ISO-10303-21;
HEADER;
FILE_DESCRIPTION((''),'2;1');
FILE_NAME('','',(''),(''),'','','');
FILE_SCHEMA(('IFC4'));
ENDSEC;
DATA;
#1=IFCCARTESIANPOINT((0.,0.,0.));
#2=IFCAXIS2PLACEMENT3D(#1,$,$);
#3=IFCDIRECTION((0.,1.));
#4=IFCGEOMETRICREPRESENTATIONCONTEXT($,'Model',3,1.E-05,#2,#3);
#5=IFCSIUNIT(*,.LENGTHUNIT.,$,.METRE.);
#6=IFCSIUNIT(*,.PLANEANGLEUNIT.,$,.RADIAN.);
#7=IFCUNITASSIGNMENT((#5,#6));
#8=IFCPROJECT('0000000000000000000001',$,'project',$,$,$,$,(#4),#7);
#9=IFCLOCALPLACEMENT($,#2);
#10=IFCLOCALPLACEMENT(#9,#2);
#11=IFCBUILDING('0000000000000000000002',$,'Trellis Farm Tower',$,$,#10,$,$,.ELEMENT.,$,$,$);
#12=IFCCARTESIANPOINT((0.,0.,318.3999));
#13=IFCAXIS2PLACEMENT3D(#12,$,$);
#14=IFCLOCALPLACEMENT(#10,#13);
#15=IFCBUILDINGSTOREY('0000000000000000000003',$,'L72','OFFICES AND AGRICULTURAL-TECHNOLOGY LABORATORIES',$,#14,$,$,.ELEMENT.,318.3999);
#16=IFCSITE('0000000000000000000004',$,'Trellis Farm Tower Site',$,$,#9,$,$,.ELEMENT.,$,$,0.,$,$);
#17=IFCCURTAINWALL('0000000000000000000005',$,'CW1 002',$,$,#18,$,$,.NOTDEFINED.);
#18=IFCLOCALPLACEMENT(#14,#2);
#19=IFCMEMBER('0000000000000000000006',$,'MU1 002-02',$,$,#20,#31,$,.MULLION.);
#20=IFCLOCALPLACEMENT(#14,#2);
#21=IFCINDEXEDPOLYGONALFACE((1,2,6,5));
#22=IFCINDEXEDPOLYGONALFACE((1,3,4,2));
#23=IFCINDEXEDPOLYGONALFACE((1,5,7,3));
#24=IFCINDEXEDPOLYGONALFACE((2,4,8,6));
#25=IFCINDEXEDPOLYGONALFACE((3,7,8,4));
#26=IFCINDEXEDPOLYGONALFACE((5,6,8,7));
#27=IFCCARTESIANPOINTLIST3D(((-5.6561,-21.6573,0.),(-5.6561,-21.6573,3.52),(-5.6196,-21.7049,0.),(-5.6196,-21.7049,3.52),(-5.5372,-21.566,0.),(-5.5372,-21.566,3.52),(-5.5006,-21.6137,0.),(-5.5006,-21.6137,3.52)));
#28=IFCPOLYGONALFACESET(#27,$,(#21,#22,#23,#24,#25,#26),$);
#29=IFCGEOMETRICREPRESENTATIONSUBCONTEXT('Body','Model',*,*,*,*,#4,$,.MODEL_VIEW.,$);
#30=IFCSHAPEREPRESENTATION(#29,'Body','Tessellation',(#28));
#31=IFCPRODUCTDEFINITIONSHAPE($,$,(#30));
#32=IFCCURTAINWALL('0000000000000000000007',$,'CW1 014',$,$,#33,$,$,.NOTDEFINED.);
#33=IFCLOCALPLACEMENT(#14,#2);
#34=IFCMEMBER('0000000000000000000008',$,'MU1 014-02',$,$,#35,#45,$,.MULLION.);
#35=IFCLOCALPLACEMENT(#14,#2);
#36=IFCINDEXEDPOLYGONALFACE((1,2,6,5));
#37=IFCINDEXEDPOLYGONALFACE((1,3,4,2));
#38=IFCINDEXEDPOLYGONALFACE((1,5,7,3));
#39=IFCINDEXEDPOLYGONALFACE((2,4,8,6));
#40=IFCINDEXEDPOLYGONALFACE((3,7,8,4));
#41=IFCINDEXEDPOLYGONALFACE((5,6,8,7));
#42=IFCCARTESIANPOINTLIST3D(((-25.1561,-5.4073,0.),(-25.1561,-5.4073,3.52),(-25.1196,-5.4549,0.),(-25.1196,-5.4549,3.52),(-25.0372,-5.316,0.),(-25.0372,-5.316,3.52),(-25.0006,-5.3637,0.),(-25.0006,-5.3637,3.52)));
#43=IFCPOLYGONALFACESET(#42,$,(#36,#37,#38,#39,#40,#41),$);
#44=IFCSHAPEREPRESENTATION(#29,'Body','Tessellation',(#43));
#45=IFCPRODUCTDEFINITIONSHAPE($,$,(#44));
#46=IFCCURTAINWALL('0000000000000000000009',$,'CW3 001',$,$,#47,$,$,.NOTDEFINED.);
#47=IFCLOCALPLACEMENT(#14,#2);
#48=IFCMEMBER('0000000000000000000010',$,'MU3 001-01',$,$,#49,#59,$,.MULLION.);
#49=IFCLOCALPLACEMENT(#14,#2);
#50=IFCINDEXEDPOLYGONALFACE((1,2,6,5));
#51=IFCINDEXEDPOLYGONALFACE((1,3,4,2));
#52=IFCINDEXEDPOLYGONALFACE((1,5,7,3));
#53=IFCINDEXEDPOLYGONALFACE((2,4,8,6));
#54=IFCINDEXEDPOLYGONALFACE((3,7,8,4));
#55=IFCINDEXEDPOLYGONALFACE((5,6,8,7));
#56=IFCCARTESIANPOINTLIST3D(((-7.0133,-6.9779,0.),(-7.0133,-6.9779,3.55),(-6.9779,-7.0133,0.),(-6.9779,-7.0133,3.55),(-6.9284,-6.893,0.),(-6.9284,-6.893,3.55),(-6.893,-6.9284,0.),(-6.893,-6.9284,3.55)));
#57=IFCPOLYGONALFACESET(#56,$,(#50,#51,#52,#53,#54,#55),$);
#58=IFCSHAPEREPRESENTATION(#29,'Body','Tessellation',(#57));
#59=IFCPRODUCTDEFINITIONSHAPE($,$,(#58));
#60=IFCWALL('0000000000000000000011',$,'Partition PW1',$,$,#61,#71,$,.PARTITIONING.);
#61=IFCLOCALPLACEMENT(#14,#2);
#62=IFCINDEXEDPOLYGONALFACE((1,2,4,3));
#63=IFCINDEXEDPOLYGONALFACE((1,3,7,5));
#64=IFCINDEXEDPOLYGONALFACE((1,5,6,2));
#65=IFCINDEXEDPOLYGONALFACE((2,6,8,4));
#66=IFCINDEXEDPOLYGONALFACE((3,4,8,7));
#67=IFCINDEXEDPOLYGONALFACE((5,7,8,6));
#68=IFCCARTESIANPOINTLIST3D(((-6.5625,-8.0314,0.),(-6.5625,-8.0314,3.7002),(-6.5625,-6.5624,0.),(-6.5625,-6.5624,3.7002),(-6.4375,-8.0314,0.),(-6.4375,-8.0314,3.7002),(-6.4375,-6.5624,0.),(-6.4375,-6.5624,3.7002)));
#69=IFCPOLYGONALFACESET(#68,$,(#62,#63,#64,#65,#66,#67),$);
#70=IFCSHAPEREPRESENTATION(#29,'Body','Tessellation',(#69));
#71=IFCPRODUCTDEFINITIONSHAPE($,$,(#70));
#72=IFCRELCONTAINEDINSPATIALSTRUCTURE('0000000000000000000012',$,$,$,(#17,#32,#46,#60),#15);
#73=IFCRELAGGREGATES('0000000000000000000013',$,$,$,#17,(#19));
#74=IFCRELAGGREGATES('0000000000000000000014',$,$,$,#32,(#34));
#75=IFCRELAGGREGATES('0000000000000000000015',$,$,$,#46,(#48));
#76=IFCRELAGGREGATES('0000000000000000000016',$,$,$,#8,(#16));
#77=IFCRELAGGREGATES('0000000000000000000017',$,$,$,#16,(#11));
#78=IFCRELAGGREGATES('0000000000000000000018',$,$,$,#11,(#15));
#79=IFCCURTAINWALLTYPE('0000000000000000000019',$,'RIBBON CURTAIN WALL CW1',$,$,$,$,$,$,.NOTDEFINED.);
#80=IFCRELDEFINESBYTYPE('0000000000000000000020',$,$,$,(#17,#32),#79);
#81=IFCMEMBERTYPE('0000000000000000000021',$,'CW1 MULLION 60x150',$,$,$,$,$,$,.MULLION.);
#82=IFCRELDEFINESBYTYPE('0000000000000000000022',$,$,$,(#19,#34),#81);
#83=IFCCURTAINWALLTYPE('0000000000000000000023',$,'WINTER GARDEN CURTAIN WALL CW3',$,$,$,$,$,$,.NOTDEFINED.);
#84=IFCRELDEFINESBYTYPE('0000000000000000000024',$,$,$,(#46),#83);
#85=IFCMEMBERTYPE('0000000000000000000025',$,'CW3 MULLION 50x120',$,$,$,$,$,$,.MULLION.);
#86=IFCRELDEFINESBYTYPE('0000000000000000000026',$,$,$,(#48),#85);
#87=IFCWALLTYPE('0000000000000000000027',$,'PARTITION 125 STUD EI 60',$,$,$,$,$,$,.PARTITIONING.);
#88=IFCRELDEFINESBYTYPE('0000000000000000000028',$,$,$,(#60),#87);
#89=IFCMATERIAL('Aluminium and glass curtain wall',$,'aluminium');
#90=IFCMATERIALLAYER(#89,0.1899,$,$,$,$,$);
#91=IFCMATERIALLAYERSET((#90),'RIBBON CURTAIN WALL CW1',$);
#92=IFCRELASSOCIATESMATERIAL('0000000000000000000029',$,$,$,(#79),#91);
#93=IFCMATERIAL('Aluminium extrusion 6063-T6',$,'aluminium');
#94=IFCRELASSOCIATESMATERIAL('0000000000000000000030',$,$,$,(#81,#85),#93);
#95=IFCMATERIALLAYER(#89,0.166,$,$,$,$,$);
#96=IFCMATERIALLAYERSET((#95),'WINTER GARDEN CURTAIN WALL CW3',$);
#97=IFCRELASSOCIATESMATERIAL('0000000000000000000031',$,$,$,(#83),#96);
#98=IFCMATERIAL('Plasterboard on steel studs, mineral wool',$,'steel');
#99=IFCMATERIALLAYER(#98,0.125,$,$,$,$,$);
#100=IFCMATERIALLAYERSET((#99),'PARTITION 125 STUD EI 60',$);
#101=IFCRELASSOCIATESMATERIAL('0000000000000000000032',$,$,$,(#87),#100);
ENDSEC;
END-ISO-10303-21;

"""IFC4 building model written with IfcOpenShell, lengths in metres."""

from ifc_helpers import new_model, si_unit, direction, frame, frame_2d, origin, origin_2d, place, context, subcontext, project, spatial, rectangle, extrude, source, transform, mapped, material, layer, layer_set, material_profile, profile_set, type_object, element, aggregate, save


model = new_model("IFC4")

# Units and contexts
model_context = context("Model", 3, precision=1e-05, world=origin(), true_north=direction((0.0, 1.0)))
body_context = subcontext(model_context, "Body", "Model", "MODEL_VIEW")
ifc_project = project(units=[si_unit("LENGTHUNIT", "METRE"), si_unit("PLANEANGLEUNIT", "RADIAN")], contexts=[model_context])

# Site, building, storey
site_placement = place(None, origin())
site = spatial("IfcSite", under=ifc_project, at=site_placement, Name="Trellis Farm Tower Site", CompositionType="ELEMENT", RefElevation=0.0)
building_placement = place(site_placement, origin())
building = spatial("IfcBuilding", under=site, at=building_placement, Name="Trellis Farm Tower", CompositionType="ELEMENT")
storey_placement = place(building_placement, frame((0.0, 0.0, 318.3999)))
storey = spatial("IfcBuildingStorey", under=building, at=storey_placement, Name="L72", Description="OFFICES AND AGRICULTURAL-TECHNOLOGY LABORATORIES", CompositionType="ELEMENT", Elevation=318.3999)

# Curtain wall, member
ifc_material_1 = material(Name="Aluminium and glass curtain wall", Category="aluminium")
ifc_layer_1 = layer(ifc_material_1, 0.1899)
ifc_layer_set_1 = layer_set([ifc_layer_1], Name="RIBBON CURTAIN WALL CW1")
curtain_wall_type_1 = type_object("IfcCurtainWallType", Name="RIBBON CURTAIN WALL CW1", PredefinedType="NOTDEFINED", material=ifc_layer_set_1)
placement = place(storey_placement, origin())
ifc_material_2 = material(Name="Aluminium extrusion 6063-T6", Category="aluminium")
ifc_material_profile_1 = material_profile(ifc_material_2, rectangle(XDim=0.0601, YDim=0.1499, at=origin_2d()), Name="MULLION 60x150")
ifc_profile_set_1 = profile_set([ifc_material_profile_1], Name="Aluminium extrusion 6063-T6")
member_type_1 = type_object("IfcMemberType", Name="CW1 MULLION 60x150", PredefinedType="MULLION", material=ifc_profile_set_1)
shared_shape_1 = source(origin(), body_context, "Body", "SweptSolid", [
    extrude(rectangle(XDim=0.0601, YDim=0.1499, at=origin_2d()), origin(), (0.0, 0.0, 1.0), 3.52),
])
curtain_wall_1 = element("IfcCurtainWall", 1, at=placement, inside=storey, type_object=curtain_wall_type_1, Name="CW1 002", PredefinedType="NOTDEFINED")
member_1_placement = place(storey_placement, frame((-5.5784, -21.6355, 0.0), z_axis=(0.0, 0.0, 1.0), x_axis=(0.608761, -0.793353, 0.0)))
member_1 = element("IfcMember", 2, at=member_1_placement, type_object=member_type_1, Name="MU1 002-02", PredefinedType="MULLION", context=body_context, shape_type="MappedRepresentation", body=[
    mapped(shared_shape_1, transform((0.0, 0.0, 0.0))),
])
aggregate(curtain_wall_1, [member_1])

# Curtain walls, members
curtain_wall_2 = element("IfcCurtainWall", 3, at=placement, inside=storey, type_object=curtain_wall_type_1, Name="CW1 014", PredefinedType="NOTDEFINED")
member_2_placement = place(storey_placement, frame((-25.0784, -5.3855, 0.0), z_axis=(0.0, 0.0, 1.0), x_axis=(0.608761, -0.793353, 0.0)))
member_2 = element("IfcMember", 4, at=member_2_placement, type_object=member_type_1, Name="MU1 014-02", PredefinedType="MULLION", context=body_context, shape_type="MappedRepresentation", body=[
    mapped(shared_shape_1, transform((0.0, 0.0, 0.0))),
])
aggregate(curtain_wall_2, [member_2])
ifc_layer_2 = layer(ifc_material_1, 0.166)
ifc_layer_set_2 = layer_set([ifc_layer_2], Name="WINTER GARDEN CURTAIN WALL CW3")
curtain_wall_type_2 = type_object("IfcCurtainWallType", Name="WINTER GARDEN CURTAIN WALL CW3", PredefinedType="NOTDEFINED", material=ifc_layer_set_2)
curtain_wall_3 = element("IfcCurtainWall", 5, at=placement, inside=storey, type_object=curtain_wall_type_2, Name="CW3 001", PredefinedType="NOTDEFINED")
ifc_material_profile_2 = material_profile(ifc_material_2, rectangle(XDim=0.05, YDim=0.1201, at=origin_2d()), Name="MULLION 50x120")
ifc_profile_set_2 = profile_set([ifc_material_profile_2], Name="Aluminium extrusion 6063-T6")
member_type_2 = type_object("IfcMemberType", Name="CW3 MULLION 50x120", PredefinedType="MULLION", material=ifc_profile_set_2)
shared_shape_2 = source(origin(), body_context, "Body", "SweptSolid", [
    extrude(rectangle(XDim=0.05, YDim=0.1201, at=origin_2d()), origin(), (0.0, 0.0, 1.0), 3.55),
])
member_3_placement = place(storey_placement, frame((-6.9531, -6.9531, 0.0), z_axis=(0.0, 0.0, 1.0), x_axis=(0.707107, -0.707107, 0.0)))
member_3 = element("IfcMember", 6, at=member_3_placement, type_object=member_type_2, Name="MU3 001-01", PredefinedType="MULLION", context=body_context, shape_type="MappedRepresentation", body=[
    mapped(shared_shape_2, transform((0.0, 0.0, 0.0))),
])
aggregate(curtain_wall_3, [member_3])

# Wall
ifc_material_3 = material(Name="Plasterboard on steel studs, mineral wool", Category="steel")
ifc_layer_3 = layer(ifc_material_3, 0.125)
ifc_layer_set_3 = layer_set([ifc_layer_3], Name="PARTITION 125 STUD EI 60")
wall_type = type_object("IfcWallType", Name="PARTITION 125 STUD EI 60", PredefinedType="PARTITIONING", material=ifc_layer_set_3)
shared_shape_3 = source(origin(), body_context, "Body", "SweptSolid", [
    extrude(rectangle(XDim=1.469, YDim=0.125, at=frame_2d((0.7344, 0.0))), origin(), (0.0, 0.0, 1.0), 3.7002),
])
wall_placement = place(storey_placement, frame((-6.5, -6.5625, 0.0), z_axis=(0.0, 0.0, 1.0), x_axis=(0.0, -1.0, 0.0)))
element("IfcWall", 7, at=wall_placement, inside=storey, type_object=wall_type, Name="Partition PW1", PredefinedType="PARTITIONING", context=body_context, shape_type="MappedRepresentation", body=[
    mapped(shared_shape_3, transform((0.0, 0.0, 0.0))),
])

save(model, "model.ifc")
